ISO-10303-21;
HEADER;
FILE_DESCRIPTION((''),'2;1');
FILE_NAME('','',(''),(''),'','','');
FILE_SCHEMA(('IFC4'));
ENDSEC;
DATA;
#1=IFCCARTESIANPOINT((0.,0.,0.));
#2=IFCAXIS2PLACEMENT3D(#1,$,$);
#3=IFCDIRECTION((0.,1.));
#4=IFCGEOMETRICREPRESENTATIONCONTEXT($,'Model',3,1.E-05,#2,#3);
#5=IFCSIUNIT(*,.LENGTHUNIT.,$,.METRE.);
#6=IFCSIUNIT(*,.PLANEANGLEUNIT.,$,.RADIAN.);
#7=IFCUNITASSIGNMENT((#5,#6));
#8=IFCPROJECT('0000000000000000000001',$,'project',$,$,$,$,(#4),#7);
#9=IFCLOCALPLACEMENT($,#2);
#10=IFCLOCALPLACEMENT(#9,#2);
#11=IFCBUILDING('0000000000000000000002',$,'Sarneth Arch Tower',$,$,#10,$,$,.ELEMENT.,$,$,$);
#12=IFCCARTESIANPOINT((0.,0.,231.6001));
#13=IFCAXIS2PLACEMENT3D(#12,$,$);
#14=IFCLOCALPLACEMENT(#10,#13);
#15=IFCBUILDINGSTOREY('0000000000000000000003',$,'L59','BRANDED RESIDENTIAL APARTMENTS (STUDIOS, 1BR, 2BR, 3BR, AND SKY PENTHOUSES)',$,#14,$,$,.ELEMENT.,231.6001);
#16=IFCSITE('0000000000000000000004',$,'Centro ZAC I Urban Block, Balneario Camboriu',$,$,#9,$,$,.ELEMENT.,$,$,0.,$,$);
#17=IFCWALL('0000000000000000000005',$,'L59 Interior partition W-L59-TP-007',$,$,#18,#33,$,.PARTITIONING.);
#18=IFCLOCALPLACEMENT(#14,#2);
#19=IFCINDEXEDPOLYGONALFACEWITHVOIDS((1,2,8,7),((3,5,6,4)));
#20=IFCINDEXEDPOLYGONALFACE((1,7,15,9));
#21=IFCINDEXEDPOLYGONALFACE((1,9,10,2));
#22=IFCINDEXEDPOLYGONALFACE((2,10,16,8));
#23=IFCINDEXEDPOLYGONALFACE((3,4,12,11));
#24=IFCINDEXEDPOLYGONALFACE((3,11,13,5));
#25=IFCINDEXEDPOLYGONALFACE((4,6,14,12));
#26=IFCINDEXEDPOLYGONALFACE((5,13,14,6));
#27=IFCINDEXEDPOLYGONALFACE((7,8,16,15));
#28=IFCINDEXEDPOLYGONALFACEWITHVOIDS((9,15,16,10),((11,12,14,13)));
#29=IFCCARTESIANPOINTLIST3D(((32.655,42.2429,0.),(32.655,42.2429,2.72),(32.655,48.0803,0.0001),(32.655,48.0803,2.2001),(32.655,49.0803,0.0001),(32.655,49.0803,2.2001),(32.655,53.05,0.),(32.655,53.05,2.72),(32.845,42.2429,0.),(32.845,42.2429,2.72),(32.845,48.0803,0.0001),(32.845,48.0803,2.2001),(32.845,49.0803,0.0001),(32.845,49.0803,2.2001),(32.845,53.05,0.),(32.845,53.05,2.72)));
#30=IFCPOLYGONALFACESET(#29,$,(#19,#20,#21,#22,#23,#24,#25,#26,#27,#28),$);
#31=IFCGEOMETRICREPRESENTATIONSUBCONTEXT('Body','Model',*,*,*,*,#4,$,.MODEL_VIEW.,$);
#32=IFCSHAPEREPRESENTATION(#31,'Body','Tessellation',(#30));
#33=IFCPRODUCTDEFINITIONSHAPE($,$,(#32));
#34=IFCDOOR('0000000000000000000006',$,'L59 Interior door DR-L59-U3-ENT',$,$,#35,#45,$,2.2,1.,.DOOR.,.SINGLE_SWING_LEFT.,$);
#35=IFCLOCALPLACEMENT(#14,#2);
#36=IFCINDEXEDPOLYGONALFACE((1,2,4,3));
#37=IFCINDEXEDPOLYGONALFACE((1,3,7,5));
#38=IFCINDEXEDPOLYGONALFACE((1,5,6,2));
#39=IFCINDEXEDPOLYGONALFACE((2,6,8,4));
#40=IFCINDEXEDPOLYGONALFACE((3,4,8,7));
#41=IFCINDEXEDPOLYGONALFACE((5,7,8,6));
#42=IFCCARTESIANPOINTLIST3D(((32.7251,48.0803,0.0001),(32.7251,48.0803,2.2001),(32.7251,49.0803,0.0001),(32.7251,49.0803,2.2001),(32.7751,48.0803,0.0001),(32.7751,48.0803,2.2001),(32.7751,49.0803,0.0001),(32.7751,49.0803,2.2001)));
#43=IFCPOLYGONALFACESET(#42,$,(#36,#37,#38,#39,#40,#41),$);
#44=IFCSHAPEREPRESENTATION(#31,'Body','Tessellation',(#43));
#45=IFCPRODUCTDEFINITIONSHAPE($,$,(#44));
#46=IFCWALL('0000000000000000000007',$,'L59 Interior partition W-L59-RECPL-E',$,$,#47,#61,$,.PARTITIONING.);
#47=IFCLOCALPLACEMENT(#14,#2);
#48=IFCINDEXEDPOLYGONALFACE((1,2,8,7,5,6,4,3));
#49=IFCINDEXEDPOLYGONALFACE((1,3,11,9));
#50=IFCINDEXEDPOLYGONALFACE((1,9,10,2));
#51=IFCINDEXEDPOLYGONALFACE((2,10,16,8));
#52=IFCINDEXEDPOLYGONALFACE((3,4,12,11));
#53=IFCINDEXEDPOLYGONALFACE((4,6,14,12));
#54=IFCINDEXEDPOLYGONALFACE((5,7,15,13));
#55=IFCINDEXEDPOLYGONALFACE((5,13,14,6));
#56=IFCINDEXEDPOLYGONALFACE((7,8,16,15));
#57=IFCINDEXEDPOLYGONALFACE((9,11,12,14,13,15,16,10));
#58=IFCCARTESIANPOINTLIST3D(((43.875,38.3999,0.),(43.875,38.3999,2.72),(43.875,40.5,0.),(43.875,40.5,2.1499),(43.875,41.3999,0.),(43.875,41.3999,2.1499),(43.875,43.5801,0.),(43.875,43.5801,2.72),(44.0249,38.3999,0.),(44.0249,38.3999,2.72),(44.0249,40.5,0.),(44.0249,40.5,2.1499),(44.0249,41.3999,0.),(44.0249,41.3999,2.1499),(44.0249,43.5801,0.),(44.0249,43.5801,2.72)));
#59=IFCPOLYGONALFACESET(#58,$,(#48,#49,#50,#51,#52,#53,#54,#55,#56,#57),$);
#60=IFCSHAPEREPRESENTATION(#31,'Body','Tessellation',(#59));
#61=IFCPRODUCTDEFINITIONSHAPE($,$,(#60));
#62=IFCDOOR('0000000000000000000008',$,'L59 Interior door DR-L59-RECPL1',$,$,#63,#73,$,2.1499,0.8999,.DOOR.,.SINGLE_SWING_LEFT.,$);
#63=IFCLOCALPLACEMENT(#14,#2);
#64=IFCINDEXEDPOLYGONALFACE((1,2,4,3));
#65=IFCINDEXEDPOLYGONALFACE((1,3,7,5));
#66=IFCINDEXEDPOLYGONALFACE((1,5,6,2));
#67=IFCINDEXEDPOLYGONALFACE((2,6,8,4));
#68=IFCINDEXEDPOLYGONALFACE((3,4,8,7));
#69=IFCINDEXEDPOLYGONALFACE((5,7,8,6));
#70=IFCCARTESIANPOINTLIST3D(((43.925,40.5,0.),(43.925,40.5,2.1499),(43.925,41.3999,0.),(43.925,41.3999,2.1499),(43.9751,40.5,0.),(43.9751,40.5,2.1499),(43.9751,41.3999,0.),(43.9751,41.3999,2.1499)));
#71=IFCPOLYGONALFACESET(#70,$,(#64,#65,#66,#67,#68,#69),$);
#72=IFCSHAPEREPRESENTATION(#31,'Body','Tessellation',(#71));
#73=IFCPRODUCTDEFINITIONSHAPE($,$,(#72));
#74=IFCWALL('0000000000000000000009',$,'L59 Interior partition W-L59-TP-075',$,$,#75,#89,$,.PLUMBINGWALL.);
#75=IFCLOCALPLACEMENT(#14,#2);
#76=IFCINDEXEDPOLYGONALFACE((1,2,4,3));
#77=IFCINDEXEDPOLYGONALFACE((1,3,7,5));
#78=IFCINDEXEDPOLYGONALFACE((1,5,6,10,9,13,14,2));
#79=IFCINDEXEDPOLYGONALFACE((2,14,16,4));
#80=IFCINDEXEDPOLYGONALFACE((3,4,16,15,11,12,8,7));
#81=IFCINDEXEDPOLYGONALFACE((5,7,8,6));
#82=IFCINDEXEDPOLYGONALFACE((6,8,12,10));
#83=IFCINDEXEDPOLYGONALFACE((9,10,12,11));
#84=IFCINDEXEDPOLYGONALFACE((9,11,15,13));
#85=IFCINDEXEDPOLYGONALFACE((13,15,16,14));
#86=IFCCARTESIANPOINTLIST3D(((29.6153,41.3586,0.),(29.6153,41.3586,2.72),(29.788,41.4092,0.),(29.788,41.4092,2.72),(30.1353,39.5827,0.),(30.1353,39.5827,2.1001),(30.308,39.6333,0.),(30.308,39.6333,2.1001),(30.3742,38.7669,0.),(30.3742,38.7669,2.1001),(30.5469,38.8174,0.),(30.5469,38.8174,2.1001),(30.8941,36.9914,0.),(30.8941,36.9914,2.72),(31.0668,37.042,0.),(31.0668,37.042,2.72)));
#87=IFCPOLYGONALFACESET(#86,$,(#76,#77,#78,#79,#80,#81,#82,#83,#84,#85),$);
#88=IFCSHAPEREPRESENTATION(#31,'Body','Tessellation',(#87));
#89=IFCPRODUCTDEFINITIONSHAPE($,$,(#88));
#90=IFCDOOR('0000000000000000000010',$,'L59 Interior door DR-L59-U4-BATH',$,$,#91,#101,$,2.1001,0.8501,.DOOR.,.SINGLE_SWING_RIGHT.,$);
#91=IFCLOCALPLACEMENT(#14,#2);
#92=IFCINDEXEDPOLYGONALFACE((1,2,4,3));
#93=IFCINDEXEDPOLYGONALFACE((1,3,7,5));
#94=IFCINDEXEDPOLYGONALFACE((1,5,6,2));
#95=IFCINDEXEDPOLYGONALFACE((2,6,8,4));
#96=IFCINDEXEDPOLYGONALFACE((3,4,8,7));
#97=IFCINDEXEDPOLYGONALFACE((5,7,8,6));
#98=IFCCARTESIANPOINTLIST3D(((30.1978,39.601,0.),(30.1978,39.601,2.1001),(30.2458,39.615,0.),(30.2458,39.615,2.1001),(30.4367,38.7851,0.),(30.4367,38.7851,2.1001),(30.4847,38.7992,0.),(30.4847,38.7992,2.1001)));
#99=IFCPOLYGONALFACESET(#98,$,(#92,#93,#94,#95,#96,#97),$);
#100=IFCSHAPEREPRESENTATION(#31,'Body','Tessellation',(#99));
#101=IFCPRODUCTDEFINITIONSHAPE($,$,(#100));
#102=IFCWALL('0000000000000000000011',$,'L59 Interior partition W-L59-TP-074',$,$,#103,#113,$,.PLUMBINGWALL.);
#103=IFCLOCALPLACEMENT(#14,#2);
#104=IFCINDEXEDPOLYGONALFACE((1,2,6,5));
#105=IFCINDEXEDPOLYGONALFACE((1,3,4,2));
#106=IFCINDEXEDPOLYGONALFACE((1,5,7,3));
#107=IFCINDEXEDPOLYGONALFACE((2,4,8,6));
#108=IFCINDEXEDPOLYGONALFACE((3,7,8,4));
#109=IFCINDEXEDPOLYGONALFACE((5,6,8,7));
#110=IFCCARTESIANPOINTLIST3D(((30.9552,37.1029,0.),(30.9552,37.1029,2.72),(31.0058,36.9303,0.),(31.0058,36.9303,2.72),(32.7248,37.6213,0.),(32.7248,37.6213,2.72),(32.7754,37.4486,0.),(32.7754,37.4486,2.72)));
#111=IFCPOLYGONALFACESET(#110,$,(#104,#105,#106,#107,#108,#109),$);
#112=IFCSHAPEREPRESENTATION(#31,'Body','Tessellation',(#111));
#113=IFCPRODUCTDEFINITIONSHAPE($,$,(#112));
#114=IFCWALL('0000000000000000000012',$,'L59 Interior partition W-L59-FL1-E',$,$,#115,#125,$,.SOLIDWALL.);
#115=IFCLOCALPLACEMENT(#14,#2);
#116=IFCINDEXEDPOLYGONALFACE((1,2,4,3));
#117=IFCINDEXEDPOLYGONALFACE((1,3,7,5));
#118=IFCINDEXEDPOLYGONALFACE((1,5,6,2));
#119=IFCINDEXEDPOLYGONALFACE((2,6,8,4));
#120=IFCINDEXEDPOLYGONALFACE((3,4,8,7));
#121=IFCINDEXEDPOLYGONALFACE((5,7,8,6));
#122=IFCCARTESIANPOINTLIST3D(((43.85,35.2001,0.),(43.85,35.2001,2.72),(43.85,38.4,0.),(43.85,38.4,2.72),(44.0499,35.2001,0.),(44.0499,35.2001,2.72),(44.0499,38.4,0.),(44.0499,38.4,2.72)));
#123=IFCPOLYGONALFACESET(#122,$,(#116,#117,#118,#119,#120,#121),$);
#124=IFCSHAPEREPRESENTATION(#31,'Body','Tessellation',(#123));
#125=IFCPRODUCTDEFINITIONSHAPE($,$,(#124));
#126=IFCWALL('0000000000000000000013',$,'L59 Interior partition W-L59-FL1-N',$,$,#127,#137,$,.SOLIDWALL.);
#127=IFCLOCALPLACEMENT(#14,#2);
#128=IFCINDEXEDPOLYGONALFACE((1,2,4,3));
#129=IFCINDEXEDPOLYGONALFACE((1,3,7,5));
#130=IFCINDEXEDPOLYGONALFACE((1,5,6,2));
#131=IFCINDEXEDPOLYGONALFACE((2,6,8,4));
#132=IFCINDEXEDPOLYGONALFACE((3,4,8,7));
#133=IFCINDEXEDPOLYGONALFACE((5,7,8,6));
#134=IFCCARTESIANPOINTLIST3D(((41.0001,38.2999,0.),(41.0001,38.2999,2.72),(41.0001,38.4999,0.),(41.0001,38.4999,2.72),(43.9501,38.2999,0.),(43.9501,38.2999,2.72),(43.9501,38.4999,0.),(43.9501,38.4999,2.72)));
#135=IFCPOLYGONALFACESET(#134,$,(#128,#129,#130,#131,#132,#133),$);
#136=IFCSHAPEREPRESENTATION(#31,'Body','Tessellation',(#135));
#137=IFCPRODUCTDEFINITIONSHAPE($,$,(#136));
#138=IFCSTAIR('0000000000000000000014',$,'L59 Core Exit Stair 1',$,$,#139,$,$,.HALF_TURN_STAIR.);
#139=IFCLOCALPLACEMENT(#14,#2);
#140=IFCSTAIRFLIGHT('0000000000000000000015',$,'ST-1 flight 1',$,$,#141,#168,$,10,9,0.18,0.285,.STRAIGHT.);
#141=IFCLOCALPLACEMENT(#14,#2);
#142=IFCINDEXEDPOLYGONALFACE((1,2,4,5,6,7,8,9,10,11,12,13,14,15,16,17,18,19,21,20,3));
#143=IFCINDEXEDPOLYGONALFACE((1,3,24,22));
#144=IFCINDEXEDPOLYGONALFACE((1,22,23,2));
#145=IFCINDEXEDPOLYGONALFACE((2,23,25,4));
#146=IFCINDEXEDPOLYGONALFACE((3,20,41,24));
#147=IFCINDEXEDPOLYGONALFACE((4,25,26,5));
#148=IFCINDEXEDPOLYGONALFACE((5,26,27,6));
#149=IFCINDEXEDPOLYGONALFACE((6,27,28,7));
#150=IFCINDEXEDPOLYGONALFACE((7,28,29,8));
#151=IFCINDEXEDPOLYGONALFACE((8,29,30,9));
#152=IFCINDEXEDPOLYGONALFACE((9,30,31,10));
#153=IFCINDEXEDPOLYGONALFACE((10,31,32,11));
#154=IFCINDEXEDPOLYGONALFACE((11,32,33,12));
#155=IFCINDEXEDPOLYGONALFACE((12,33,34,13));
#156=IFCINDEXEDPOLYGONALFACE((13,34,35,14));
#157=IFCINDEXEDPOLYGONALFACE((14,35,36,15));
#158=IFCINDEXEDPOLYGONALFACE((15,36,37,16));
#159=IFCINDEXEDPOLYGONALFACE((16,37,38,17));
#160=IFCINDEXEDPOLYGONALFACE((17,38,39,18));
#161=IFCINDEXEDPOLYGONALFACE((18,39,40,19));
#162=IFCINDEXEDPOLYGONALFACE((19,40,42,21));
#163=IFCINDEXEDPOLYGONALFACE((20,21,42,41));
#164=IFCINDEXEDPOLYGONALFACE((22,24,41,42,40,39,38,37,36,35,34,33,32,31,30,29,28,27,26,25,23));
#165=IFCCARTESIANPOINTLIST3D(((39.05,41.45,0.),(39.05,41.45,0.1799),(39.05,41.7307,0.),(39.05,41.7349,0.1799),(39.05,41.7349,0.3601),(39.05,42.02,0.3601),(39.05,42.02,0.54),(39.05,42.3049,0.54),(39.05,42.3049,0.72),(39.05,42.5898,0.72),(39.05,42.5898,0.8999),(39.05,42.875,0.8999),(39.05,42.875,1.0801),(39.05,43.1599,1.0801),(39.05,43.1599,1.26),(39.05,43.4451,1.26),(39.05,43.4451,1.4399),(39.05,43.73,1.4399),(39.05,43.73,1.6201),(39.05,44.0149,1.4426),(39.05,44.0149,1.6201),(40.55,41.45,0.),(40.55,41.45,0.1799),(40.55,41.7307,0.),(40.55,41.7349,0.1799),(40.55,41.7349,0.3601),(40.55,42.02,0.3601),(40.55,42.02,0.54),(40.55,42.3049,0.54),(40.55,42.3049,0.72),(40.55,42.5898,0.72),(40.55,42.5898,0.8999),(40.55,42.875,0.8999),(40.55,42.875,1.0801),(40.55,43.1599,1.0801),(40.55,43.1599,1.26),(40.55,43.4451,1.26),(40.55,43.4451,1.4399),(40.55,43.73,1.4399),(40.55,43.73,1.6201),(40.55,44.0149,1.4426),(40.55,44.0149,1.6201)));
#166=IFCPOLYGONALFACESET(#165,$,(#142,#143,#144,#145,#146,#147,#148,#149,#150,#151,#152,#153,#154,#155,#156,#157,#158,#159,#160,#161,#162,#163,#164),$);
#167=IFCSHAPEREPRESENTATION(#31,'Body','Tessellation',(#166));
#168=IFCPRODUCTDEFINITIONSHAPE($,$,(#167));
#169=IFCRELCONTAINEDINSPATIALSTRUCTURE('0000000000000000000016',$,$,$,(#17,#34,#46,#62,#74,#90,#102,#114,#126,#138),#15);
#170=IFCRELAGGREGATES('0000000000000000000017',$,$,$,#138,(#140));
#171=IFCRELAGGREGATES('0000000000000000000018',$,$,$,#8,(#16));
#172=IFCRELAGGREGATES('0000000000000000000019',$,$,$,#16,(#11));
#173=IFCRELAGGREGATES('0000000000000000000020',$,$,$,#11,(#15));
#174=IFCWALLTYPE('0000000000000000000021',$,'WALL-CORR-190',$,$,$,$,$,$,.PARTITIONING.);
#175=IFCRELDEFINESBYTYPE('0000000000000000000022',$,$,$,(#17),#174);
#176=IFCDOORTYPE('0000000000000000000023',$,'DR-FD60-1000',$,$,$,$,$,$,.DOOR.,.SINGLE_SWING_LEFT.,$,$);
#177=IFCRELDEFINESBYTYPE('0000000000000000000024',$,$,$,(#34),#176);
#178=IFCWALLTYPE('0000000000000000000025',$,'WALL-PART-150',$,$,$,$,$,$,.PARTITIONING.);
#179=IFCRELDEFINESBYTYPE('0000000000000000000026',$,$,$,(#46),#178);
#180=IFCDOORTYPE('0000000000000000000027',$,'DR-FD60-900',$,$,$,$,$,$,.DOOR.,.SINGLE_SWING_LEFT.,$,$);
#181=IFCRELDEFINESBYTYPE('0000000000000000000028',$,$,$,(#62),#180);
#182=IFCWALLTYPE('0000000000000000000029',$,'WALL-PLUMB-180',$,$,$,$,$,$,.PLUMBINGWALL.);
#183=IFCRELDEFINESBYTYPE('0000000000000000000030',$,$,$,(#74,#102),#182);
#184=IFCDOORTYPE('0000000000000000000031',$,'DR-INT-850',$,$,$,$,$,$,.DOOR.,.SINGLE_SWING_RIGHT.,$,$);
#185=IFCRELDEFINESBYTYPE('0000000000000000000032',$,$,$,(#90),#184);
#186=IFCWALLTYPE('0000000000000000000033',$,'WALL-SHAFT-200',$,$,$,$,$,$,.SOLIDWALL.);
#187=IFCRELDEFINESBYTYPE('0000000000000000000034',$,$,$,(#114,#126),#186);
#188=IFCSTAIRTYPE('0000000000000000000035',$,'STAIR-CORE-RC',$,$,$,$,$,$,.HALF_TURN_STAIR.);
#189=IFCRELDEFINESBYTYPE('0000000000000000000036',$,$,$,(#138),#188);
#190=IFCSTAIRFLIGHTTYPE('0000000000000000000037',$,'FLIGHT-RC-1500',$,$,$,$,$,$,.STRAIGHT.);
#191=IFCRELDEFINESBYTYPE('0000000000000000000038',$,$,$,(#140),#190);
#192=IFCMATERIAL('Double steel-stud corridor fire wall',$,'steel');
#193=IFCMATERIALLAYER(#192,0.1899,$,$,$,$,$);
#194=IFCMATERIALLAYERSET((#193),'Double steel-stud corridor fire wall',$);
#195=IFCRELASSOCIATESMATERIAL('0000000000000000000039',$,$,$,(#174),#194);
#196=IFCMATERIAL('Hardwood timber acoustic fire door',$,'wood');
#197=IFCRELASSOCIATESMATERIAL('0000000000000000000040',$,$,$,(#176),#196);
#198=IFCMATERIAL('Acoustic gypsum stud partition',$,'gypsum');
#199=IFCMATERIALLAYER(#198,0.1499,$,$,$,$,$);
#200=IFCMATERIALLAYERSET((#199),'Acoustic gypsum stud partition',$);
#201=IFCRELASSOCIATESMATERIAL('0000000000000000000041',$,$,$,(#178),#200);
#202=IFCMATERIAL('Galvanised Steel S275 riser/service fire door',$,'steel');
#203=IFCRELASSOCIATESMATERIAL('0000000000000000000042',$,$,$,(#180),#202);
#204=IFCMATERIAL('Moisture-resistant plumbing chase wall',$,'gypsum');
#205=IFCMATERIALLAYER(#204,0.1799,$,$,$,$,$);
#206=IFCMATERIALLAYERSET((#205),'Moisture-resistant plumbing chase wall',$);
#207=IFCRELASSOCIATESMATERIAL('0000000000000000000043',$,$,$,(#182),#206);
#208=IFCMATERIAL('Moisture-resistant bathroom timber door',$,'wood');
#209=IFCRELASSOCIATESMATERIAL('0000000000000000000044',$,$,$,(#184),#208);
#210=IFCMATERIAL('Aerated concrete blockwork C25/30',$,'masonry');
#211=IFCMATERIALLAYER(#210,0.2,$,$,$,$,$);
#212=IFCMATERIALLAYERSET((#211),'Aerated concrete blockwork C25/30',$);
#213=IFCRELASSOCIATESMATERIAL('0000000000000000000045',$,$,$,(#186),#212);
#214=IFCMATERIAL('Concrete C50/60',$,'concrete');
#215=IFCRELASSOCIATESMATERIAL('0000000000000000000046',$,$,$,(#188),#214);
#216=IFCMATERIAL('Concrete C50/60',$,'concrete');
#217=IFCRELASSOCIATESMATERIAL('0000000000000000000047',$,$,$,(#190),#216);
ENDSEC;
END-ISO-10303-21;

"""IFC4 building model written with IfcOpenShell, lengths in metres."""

from ifc_helpers import new_model, si_unit, direction, frame, frame_2d, origin, place, context, subcontext, project, spatial, polyline, rectangle, outline, extrude, material, layer, layer_set, type_object, element, fill, aggregate, save


model = new_model("IFC4")

# Units and contexts
model_context = context("Model", 3, precision=1e-05, world=origin(), true_north=direction((0.0, 1.0)))
body_context = subcontext(model_context, "Body", "Model", "MODEL_VIEW")
ifc_project = project(units=[si_unit("LENGTHUNIT", "METRE"), si_unit("PLANEANGLEUNIT", "RADIAN")], contexts=[model_context])

# Site, building, storey
site_placement = place(None, origin())
site = spatial("IfcSite", under=ifc_project, at=site_placement, Name="Centro ZAC I Urban Block, Balneario Camboriu", CompositionType="ELEMENT", RefElevation=0.0)
building_placement = place(site_placement, origin())
building = spatial("IfcBuilding", under=site, at=building_placement, Name="Sarneth Arch Tower", CompositionType="ELEMENT")
storey_placement = place(building_placement, frame((0.0, 0.0, 231.6001)))
storey = spatial("IfcBuildingStorey", under=building, at=storey_placement, Name="L59", Description="BRANDED RESIDENTIAL APARTMENTS (STUDIOS, 1BR, 2BR, 3BR, AND SKY PENTHOUSES)", CompositionType="ELEMENT", Elevation=231.6001)

# Walls, openings, doors
ifc_material_1 = material(Name="Double steel-stud corridor fire wall", Category="steel")
ifc_layer_1 = layer(ifc_material_1, 0.1899)
ifc_layer_set_1 = layer_set([ifc_layer_1], Name="Double steel-stud corridor fire wall")
wall_type_1 = type_object("IfcWallType", Name="WALL-CORR-190", PredefinedType="PARTITIONING", material=ifc_layer_set_1)
wall_1_placement = place(storey_placement, frame((32.75, 42.2429, 0.0), z_axis=(0.0, 0.0, 1.0), x_axis=(0.0, 1.0, 0.0)))
wall_1 = element("IfcWall", 1, at=wall_1_placement, inside=storey, type_object=wall_type_1, Name="L59 Interior partition W-L59-TP-007", PredefinedType="PARTITIONING", context=body_context, shape_type="SweptSolid", body=[
    extrude(rectangle(XDim=10.8071, YDim=0.1899, at=frame_2d((5.4036, 0.0))), origin(), (0.0, 0.0, 1.0), 2.72),
])
opening_1_placement = place(wall_1_placement, frame((5.8374, 0.0, 0.0)))
opening_1 = element("IfcOpeningElement", 2, at=opening_1_placement, cuts=wall_1, PredefinedType="OPENING", context=body_context, shape_type="SweptSolid", body=[
    extrude(rectangle(XDim=1.0, YDim=2.2, at=frame_2d((0.5, 1.1001))), frame((0.0, 0.105, 0.0), z_axis=(0.0, -1.0, 0.0), x_axis=(1.0, 0.0, 0.0)), (0.0, 0.0, 1.0), 0.21),
])
ifc_material_2 = material(Name="Hardwood timber acoustic fire door", Category="wood")
door_type_1 = type_object("IfcDoorType", Name="DR-FD60-1000", OperationType="SINGLE_SWING_LEFT", PredefinedType="DOOR", material=ifc_material_2)
door_1_placement = place(opening_1_placement, origin())
door_1 = element("IfcDoor", 3, at=door_1_placement, inside=storey, type_object=door_type_1, Name="L59 Interior door DR-L59-U3-ENT", OperationType="SINGLE_SWING_LEFT", OverallHeight=2.2, OverallWidth=1.0, PredefinedType="DOOR", context=body_context, shape_type="SweptSolid", body=[
    extrude(rectangle(XDim=1.0, YDim=2.2, at=frame_2d((0.5, 1.1001))), frame((0.0, 0.0249, 0.0), z_axis=(0.0, -1.0, 0.0), x_axis=(1.0, 0.0, 0.0)), (0.0, 0.0, 1.0), 0.05),
])
fill(opening_1, door_1)
ifc_material_3 = material(Name="Acoustic gypsum stud partition", Category="gypsum")
ifc_layer_2 = layer(ifc_material_3, 0.1499)
ifc_layer_set_2 = layer_set([ifc_layer_2], Name="Acoustic gypsum stud partition")
wall_type_2 = type_object("IfcWallType", Name="WALL-PART-150", PredefinedType="PARTITIONING", material=ifc_layer_set_2)
wall_2_placement = place(storey_placement, frame((43.95, 38.3999, 0.0), z_axis=(0.0, 0.0, 1.0), x_axis=(0.0, 1.0, 0.0)))
wall_2 = element("IfcWall", 4, at=wall_2_placement, inside=storey, type_object=wall_type_2, Name="L59 Interior partition W-L59-RECPL-E", PredefinedType="PARTITIONING", context=body_context, shape_type="SweptSolid", body=[
    extrude(rectangle(XDim=5.1802, YDim=0.1499, at=frame_2d((2.5901, 0.0))), origin(), (0.0, 0.0, 1.0), 2.72),
])
opening_2_placement = place(wall_2_placement, frame((2.1001, 0.0, 0.0)))
opening_2 = element("IfcOpeningElement", 5, at=opening_2_placement, cuts=wall_2, PredefinedType="OPENING", context=body_context, shape_type="SweptSolid", body=[
    extrude(rectangle(XDim=0.8999, YDim=2.1499, at=frame_2d((0.45, 1.075))), frame((0.0, 0.085, 0.0), z_axis=(0.0, -1.0, 0.0), x_axis=(1.0, 0.0, 0.0)), (0.0, 0.0, 1.0), 0.1699),
])
ifc_material_4 = material(Name="Galvanised Steel S275 riser/service fire door", Category="steel")
door_type_2 = type_object("IfcDoorType", Name="DR-FD60-900", OperationType="SINGLE_SWING_LEFT", PredefinedType="DOOR", material=ifc_material_4)
door_2_placement = place(opening_2_placement, origin())
door_2 = element("IfcDoor", 6, at=door_2_placement, inside=storey, type_object=door_type_2, Name="L59 Interior door DR-L59-RECPL1", OperationType="SINGLE_SWING_LEFT", OverallHeight=2.1499, OverallWidth=0.8999, PredefinedType="DOOR", context=body_context, shape_type="SweptSolid", body=[
    extrude(rectangle(XDim=0.8999, YDim=2.1499, at=frame_2d((0.45, 1.075))), frame((0.0, 0.0249, 0.0), z_axis=(0.0, -1.0, 0.0), x_axis=(1.0, 0.0, 0.0)), (0.0, 0.0, 1.0), 0.05),
])
fill(opening_2, door_2)
ifc_material_5 = material(Name="Moisture-resistant plumbing chase wall", Category="gypsum")
ifc_layer_3 = layer(ifc_material_5, 0.1799)
ifc_layer_set_3 = layer_set([ifc_layer_3], Name="Moisture-resistant plumbing chase wall")
wall_type_3 = type_object("IfcWallType", Name="WALL-PLUMB-180", PredefinedType="PLUMBINGWALL", material=ifc_layer_set_3)
wall_3_placement = place(storey_placement, frame((30.9805, 37.0166, 0.0), z_axis=(0.0, 0.0, 1.0), x_axis=(-0.281022, 0.959701, 0.0)))
wall_3 = element("IfcWall", 7, at=wall_3_placement, inside=storey, type_object=wall_type_3, Name="L59 Interior partition W-L59-TP-075", PredefinedType="PLUMBINGWALL", context=body_context, shape_type="SweptSolid", body=[
    extrude(rectangle(XDim=4.5505, YDim=0.1799, at=frame_2d((2.2754, 0.0))), origin(), (0.0, 0.0, 1.0), 2.72),
])
opening_3_placement = place(wall_3_placement, frame((1.8501, 0.0, 0.0)))
opening_3 = element("IfcOpeningElement", 8, at=opening_3_placement, cuts=wall_3, PredefinedType="OPENING", context=body_context, shape_type="SweptSolid", body=[
    extrude(rectangle(XDim=0.8501, YDim=2.1001, at=frame_2d((0.425, 1.05))), frame((0.0, 0.0999, 0.0), z_axis=(0.0, -1.0, 0.0), x_axis=(1.0, 0.0, 0.0)), (0.0, 0.0, 1.0), 0.2),
])
ifc_material_6 = material(Name="Moisture-resistant bathroom timber door", Category="wood")
door_type_3 = type_object("IfcDoorType", Name="DR-INT-850", OperationType="SINGLE_SWING_RIGHT", PredefinedType="DOOR", material=ifc_material_6)
door_3_placement = place(opening_3_placement, origin())
door_3 = element("IfcDoor", 9, at=door_3_placement, inside=storey, type_object=door_type_3, Name="L59 Interior door DR-L59-U4-BATH", OperationType="SINGLE_SWING_RIGHT", OverallHeight=2.1001, OverallWidth=0.8501, PredefinedType="DOOR", context=body_context, shape_type="SweptSolid", body=[
    extrude(rectangle(XDim=0.8501, YDim=2.1001, at=frame_2d((0.425, 1.05))), frame((0.0, 0.0249, 0.0), z_axis=(0.0, -1.0, 0.0), x_axis=(1.0, 0.0, 0.0)), (0.0, 0.0, 1.0), 0.05),
])
fill(opening_3, door_3)

# Wall
wall_4_placement = place(storey_placement, frame((32.75, 37.5349, 0.0), z_axis=(0.0, 0.0, 1.0), x_axis=(-0.959679, -0.281098, 0.0)))
element("IfcWall", 10, at=wall_4_placement, inside=storey, type_object=wall_type_3, Name="L59 Interior partition W-L59-TP-074", PredefinedType="PLUMBINGWALL", context=body_context, shape_type="SweptSolid", body=[
    extrude(rectangle(XDim=1.844, YDim=0.1799, at=frame_2d((0.9219, 0.0))), origin(), (0.0, 0.0, 1.0), 2.72),
])

# Shared definitions
ifc_material_7 = material(Name="Aerated concrete blockwork C25/30", Category="masonry")
ifc_layer_4 = layer(ifc_material_7, 0.2)
ifc_layer_set_4 = layer_set([ifc_layer_4], Name="Aerated concrete blockwork C25/30")
wall_type_4 = type_object("IfcWallType", Name="WALL-SHAFT-200", PredefinedType="SOLIDWALL", material=ifc_layer_set_4)

# Walls
wall_5_placement = place(storey_placement, frame((43.95, 35.2, 0.0), z_axis=(0.0, 0.0, 1.0), x_axis=(0.0, 1.0, 0.0)))
element("IfcWall", 11, at=wall_5_placement, inside=storey, type_object=wall_type_4, Name="L59 Interior partition W-L59-FL1-E", PredefinedType="SOLIDWALL", context=body_context, shape_type="SweptSolid", body=[
    extrude(rectangle(XDim=3.2, YDim=0.2, at=frame_2d((1.6001, 0.0))), origin(), (0.0, 0.0, 1.0), 2.72),
])
wall_6_placement = place(storey_placement, frame((41.0, 38.3999, 0.0), z_axis=(0.0, 0.0, 1.0), x_axis=(1.0, 0.0, 0.0)))
element("IfcWall", 12, at=wall_6_placement, inside=storey, type_object=wall_type_4, Name="L59 Interior partition W-L59-FL1-N", PredefinedType="SOLIDWALL", context=body_context, shape_type="SweptSolid", body=[
    extrude(rectangle(XDim=2.95, YDim=0.2, at=frame_2d((1.4751, 0.0))), origin(), (0.0, 0.0, 1.0), 2.72),
])

# Stair, stair flight
ifc_material_8 = material(Name="Concrete C50/60", Category="concrete")
stair_type = type_object("IfcStairType", Name="STAIR-CORE-RC", PredefinedType="HALF_TURN_STAIR", material=ifc_material_8)
stair_placement = place(storey_placement, origin())
stair = element("IfcStair", 13, at=stair_placement, inside=storey, type_object=stair_type, Name="L59 Core Exit Stair 1", PredefinedType="HALF_TURN_STAIR")
ifc_material_9 = material(Name="Concrete C50/60", Category="concrete")
stair_flight_type = type_object("IfcStairFlightType", Name="FLIGHT-RC-1500", PredefinedType="STRAIGHT", material=ifc_material_9)
stair_flight_placement = place(storey_placement, frame((39.8, 41.45, 0.0), z_axis=(0.0, 0.0, 1.0), x_axis=(0.0, 1.0, 0.0)))
stair_flight = element("IfcStairFlight", 14, at=stair_flight_placement, type_object=stair_flight_type, Name="ST-1 flight 1", NumberOfRisers=10, NumberOfTreads=9, PredefinedType="STRAIGHT", RiserHeight=0.18, TreadLength=0.285, context=body_context, shape_type="SweptSolid", body=[
    extrude(outline(polyline([(0.0, 0.0), (0.0, 0.1799), (0.2849, 0.1799), (0.2849, 0.3601), (0.5701, 0.3601), (0.5701, 0.54), (0.855, 0.54), (0.855, 0.72), (1.1399, 0.72), (1.1399, 0.8999), (1.425, 0.8999), (1.425, 1.0801), (1.71, 1.0801), (1.71, 1.26), (1.9951, 1.26), (1.9951, 1.4399), (2.28, 1.4399), (2.28, 1.6201), (2.5649, 1.6201), (2.5649, 1.8), (2.5649, 1.4426), (0.2808, 0.0), (0.0, 0.0)])), frame((0.0, 0.75, 0.0), z_axis=(0.0, -1.0, 0.0), x_axis=(1.0, 0.0, 0.0)), (0.0, 0.0, 1.0), 1.5),
])
aggregate(stair, [stair_flight])

save(model, "model.ifc")
